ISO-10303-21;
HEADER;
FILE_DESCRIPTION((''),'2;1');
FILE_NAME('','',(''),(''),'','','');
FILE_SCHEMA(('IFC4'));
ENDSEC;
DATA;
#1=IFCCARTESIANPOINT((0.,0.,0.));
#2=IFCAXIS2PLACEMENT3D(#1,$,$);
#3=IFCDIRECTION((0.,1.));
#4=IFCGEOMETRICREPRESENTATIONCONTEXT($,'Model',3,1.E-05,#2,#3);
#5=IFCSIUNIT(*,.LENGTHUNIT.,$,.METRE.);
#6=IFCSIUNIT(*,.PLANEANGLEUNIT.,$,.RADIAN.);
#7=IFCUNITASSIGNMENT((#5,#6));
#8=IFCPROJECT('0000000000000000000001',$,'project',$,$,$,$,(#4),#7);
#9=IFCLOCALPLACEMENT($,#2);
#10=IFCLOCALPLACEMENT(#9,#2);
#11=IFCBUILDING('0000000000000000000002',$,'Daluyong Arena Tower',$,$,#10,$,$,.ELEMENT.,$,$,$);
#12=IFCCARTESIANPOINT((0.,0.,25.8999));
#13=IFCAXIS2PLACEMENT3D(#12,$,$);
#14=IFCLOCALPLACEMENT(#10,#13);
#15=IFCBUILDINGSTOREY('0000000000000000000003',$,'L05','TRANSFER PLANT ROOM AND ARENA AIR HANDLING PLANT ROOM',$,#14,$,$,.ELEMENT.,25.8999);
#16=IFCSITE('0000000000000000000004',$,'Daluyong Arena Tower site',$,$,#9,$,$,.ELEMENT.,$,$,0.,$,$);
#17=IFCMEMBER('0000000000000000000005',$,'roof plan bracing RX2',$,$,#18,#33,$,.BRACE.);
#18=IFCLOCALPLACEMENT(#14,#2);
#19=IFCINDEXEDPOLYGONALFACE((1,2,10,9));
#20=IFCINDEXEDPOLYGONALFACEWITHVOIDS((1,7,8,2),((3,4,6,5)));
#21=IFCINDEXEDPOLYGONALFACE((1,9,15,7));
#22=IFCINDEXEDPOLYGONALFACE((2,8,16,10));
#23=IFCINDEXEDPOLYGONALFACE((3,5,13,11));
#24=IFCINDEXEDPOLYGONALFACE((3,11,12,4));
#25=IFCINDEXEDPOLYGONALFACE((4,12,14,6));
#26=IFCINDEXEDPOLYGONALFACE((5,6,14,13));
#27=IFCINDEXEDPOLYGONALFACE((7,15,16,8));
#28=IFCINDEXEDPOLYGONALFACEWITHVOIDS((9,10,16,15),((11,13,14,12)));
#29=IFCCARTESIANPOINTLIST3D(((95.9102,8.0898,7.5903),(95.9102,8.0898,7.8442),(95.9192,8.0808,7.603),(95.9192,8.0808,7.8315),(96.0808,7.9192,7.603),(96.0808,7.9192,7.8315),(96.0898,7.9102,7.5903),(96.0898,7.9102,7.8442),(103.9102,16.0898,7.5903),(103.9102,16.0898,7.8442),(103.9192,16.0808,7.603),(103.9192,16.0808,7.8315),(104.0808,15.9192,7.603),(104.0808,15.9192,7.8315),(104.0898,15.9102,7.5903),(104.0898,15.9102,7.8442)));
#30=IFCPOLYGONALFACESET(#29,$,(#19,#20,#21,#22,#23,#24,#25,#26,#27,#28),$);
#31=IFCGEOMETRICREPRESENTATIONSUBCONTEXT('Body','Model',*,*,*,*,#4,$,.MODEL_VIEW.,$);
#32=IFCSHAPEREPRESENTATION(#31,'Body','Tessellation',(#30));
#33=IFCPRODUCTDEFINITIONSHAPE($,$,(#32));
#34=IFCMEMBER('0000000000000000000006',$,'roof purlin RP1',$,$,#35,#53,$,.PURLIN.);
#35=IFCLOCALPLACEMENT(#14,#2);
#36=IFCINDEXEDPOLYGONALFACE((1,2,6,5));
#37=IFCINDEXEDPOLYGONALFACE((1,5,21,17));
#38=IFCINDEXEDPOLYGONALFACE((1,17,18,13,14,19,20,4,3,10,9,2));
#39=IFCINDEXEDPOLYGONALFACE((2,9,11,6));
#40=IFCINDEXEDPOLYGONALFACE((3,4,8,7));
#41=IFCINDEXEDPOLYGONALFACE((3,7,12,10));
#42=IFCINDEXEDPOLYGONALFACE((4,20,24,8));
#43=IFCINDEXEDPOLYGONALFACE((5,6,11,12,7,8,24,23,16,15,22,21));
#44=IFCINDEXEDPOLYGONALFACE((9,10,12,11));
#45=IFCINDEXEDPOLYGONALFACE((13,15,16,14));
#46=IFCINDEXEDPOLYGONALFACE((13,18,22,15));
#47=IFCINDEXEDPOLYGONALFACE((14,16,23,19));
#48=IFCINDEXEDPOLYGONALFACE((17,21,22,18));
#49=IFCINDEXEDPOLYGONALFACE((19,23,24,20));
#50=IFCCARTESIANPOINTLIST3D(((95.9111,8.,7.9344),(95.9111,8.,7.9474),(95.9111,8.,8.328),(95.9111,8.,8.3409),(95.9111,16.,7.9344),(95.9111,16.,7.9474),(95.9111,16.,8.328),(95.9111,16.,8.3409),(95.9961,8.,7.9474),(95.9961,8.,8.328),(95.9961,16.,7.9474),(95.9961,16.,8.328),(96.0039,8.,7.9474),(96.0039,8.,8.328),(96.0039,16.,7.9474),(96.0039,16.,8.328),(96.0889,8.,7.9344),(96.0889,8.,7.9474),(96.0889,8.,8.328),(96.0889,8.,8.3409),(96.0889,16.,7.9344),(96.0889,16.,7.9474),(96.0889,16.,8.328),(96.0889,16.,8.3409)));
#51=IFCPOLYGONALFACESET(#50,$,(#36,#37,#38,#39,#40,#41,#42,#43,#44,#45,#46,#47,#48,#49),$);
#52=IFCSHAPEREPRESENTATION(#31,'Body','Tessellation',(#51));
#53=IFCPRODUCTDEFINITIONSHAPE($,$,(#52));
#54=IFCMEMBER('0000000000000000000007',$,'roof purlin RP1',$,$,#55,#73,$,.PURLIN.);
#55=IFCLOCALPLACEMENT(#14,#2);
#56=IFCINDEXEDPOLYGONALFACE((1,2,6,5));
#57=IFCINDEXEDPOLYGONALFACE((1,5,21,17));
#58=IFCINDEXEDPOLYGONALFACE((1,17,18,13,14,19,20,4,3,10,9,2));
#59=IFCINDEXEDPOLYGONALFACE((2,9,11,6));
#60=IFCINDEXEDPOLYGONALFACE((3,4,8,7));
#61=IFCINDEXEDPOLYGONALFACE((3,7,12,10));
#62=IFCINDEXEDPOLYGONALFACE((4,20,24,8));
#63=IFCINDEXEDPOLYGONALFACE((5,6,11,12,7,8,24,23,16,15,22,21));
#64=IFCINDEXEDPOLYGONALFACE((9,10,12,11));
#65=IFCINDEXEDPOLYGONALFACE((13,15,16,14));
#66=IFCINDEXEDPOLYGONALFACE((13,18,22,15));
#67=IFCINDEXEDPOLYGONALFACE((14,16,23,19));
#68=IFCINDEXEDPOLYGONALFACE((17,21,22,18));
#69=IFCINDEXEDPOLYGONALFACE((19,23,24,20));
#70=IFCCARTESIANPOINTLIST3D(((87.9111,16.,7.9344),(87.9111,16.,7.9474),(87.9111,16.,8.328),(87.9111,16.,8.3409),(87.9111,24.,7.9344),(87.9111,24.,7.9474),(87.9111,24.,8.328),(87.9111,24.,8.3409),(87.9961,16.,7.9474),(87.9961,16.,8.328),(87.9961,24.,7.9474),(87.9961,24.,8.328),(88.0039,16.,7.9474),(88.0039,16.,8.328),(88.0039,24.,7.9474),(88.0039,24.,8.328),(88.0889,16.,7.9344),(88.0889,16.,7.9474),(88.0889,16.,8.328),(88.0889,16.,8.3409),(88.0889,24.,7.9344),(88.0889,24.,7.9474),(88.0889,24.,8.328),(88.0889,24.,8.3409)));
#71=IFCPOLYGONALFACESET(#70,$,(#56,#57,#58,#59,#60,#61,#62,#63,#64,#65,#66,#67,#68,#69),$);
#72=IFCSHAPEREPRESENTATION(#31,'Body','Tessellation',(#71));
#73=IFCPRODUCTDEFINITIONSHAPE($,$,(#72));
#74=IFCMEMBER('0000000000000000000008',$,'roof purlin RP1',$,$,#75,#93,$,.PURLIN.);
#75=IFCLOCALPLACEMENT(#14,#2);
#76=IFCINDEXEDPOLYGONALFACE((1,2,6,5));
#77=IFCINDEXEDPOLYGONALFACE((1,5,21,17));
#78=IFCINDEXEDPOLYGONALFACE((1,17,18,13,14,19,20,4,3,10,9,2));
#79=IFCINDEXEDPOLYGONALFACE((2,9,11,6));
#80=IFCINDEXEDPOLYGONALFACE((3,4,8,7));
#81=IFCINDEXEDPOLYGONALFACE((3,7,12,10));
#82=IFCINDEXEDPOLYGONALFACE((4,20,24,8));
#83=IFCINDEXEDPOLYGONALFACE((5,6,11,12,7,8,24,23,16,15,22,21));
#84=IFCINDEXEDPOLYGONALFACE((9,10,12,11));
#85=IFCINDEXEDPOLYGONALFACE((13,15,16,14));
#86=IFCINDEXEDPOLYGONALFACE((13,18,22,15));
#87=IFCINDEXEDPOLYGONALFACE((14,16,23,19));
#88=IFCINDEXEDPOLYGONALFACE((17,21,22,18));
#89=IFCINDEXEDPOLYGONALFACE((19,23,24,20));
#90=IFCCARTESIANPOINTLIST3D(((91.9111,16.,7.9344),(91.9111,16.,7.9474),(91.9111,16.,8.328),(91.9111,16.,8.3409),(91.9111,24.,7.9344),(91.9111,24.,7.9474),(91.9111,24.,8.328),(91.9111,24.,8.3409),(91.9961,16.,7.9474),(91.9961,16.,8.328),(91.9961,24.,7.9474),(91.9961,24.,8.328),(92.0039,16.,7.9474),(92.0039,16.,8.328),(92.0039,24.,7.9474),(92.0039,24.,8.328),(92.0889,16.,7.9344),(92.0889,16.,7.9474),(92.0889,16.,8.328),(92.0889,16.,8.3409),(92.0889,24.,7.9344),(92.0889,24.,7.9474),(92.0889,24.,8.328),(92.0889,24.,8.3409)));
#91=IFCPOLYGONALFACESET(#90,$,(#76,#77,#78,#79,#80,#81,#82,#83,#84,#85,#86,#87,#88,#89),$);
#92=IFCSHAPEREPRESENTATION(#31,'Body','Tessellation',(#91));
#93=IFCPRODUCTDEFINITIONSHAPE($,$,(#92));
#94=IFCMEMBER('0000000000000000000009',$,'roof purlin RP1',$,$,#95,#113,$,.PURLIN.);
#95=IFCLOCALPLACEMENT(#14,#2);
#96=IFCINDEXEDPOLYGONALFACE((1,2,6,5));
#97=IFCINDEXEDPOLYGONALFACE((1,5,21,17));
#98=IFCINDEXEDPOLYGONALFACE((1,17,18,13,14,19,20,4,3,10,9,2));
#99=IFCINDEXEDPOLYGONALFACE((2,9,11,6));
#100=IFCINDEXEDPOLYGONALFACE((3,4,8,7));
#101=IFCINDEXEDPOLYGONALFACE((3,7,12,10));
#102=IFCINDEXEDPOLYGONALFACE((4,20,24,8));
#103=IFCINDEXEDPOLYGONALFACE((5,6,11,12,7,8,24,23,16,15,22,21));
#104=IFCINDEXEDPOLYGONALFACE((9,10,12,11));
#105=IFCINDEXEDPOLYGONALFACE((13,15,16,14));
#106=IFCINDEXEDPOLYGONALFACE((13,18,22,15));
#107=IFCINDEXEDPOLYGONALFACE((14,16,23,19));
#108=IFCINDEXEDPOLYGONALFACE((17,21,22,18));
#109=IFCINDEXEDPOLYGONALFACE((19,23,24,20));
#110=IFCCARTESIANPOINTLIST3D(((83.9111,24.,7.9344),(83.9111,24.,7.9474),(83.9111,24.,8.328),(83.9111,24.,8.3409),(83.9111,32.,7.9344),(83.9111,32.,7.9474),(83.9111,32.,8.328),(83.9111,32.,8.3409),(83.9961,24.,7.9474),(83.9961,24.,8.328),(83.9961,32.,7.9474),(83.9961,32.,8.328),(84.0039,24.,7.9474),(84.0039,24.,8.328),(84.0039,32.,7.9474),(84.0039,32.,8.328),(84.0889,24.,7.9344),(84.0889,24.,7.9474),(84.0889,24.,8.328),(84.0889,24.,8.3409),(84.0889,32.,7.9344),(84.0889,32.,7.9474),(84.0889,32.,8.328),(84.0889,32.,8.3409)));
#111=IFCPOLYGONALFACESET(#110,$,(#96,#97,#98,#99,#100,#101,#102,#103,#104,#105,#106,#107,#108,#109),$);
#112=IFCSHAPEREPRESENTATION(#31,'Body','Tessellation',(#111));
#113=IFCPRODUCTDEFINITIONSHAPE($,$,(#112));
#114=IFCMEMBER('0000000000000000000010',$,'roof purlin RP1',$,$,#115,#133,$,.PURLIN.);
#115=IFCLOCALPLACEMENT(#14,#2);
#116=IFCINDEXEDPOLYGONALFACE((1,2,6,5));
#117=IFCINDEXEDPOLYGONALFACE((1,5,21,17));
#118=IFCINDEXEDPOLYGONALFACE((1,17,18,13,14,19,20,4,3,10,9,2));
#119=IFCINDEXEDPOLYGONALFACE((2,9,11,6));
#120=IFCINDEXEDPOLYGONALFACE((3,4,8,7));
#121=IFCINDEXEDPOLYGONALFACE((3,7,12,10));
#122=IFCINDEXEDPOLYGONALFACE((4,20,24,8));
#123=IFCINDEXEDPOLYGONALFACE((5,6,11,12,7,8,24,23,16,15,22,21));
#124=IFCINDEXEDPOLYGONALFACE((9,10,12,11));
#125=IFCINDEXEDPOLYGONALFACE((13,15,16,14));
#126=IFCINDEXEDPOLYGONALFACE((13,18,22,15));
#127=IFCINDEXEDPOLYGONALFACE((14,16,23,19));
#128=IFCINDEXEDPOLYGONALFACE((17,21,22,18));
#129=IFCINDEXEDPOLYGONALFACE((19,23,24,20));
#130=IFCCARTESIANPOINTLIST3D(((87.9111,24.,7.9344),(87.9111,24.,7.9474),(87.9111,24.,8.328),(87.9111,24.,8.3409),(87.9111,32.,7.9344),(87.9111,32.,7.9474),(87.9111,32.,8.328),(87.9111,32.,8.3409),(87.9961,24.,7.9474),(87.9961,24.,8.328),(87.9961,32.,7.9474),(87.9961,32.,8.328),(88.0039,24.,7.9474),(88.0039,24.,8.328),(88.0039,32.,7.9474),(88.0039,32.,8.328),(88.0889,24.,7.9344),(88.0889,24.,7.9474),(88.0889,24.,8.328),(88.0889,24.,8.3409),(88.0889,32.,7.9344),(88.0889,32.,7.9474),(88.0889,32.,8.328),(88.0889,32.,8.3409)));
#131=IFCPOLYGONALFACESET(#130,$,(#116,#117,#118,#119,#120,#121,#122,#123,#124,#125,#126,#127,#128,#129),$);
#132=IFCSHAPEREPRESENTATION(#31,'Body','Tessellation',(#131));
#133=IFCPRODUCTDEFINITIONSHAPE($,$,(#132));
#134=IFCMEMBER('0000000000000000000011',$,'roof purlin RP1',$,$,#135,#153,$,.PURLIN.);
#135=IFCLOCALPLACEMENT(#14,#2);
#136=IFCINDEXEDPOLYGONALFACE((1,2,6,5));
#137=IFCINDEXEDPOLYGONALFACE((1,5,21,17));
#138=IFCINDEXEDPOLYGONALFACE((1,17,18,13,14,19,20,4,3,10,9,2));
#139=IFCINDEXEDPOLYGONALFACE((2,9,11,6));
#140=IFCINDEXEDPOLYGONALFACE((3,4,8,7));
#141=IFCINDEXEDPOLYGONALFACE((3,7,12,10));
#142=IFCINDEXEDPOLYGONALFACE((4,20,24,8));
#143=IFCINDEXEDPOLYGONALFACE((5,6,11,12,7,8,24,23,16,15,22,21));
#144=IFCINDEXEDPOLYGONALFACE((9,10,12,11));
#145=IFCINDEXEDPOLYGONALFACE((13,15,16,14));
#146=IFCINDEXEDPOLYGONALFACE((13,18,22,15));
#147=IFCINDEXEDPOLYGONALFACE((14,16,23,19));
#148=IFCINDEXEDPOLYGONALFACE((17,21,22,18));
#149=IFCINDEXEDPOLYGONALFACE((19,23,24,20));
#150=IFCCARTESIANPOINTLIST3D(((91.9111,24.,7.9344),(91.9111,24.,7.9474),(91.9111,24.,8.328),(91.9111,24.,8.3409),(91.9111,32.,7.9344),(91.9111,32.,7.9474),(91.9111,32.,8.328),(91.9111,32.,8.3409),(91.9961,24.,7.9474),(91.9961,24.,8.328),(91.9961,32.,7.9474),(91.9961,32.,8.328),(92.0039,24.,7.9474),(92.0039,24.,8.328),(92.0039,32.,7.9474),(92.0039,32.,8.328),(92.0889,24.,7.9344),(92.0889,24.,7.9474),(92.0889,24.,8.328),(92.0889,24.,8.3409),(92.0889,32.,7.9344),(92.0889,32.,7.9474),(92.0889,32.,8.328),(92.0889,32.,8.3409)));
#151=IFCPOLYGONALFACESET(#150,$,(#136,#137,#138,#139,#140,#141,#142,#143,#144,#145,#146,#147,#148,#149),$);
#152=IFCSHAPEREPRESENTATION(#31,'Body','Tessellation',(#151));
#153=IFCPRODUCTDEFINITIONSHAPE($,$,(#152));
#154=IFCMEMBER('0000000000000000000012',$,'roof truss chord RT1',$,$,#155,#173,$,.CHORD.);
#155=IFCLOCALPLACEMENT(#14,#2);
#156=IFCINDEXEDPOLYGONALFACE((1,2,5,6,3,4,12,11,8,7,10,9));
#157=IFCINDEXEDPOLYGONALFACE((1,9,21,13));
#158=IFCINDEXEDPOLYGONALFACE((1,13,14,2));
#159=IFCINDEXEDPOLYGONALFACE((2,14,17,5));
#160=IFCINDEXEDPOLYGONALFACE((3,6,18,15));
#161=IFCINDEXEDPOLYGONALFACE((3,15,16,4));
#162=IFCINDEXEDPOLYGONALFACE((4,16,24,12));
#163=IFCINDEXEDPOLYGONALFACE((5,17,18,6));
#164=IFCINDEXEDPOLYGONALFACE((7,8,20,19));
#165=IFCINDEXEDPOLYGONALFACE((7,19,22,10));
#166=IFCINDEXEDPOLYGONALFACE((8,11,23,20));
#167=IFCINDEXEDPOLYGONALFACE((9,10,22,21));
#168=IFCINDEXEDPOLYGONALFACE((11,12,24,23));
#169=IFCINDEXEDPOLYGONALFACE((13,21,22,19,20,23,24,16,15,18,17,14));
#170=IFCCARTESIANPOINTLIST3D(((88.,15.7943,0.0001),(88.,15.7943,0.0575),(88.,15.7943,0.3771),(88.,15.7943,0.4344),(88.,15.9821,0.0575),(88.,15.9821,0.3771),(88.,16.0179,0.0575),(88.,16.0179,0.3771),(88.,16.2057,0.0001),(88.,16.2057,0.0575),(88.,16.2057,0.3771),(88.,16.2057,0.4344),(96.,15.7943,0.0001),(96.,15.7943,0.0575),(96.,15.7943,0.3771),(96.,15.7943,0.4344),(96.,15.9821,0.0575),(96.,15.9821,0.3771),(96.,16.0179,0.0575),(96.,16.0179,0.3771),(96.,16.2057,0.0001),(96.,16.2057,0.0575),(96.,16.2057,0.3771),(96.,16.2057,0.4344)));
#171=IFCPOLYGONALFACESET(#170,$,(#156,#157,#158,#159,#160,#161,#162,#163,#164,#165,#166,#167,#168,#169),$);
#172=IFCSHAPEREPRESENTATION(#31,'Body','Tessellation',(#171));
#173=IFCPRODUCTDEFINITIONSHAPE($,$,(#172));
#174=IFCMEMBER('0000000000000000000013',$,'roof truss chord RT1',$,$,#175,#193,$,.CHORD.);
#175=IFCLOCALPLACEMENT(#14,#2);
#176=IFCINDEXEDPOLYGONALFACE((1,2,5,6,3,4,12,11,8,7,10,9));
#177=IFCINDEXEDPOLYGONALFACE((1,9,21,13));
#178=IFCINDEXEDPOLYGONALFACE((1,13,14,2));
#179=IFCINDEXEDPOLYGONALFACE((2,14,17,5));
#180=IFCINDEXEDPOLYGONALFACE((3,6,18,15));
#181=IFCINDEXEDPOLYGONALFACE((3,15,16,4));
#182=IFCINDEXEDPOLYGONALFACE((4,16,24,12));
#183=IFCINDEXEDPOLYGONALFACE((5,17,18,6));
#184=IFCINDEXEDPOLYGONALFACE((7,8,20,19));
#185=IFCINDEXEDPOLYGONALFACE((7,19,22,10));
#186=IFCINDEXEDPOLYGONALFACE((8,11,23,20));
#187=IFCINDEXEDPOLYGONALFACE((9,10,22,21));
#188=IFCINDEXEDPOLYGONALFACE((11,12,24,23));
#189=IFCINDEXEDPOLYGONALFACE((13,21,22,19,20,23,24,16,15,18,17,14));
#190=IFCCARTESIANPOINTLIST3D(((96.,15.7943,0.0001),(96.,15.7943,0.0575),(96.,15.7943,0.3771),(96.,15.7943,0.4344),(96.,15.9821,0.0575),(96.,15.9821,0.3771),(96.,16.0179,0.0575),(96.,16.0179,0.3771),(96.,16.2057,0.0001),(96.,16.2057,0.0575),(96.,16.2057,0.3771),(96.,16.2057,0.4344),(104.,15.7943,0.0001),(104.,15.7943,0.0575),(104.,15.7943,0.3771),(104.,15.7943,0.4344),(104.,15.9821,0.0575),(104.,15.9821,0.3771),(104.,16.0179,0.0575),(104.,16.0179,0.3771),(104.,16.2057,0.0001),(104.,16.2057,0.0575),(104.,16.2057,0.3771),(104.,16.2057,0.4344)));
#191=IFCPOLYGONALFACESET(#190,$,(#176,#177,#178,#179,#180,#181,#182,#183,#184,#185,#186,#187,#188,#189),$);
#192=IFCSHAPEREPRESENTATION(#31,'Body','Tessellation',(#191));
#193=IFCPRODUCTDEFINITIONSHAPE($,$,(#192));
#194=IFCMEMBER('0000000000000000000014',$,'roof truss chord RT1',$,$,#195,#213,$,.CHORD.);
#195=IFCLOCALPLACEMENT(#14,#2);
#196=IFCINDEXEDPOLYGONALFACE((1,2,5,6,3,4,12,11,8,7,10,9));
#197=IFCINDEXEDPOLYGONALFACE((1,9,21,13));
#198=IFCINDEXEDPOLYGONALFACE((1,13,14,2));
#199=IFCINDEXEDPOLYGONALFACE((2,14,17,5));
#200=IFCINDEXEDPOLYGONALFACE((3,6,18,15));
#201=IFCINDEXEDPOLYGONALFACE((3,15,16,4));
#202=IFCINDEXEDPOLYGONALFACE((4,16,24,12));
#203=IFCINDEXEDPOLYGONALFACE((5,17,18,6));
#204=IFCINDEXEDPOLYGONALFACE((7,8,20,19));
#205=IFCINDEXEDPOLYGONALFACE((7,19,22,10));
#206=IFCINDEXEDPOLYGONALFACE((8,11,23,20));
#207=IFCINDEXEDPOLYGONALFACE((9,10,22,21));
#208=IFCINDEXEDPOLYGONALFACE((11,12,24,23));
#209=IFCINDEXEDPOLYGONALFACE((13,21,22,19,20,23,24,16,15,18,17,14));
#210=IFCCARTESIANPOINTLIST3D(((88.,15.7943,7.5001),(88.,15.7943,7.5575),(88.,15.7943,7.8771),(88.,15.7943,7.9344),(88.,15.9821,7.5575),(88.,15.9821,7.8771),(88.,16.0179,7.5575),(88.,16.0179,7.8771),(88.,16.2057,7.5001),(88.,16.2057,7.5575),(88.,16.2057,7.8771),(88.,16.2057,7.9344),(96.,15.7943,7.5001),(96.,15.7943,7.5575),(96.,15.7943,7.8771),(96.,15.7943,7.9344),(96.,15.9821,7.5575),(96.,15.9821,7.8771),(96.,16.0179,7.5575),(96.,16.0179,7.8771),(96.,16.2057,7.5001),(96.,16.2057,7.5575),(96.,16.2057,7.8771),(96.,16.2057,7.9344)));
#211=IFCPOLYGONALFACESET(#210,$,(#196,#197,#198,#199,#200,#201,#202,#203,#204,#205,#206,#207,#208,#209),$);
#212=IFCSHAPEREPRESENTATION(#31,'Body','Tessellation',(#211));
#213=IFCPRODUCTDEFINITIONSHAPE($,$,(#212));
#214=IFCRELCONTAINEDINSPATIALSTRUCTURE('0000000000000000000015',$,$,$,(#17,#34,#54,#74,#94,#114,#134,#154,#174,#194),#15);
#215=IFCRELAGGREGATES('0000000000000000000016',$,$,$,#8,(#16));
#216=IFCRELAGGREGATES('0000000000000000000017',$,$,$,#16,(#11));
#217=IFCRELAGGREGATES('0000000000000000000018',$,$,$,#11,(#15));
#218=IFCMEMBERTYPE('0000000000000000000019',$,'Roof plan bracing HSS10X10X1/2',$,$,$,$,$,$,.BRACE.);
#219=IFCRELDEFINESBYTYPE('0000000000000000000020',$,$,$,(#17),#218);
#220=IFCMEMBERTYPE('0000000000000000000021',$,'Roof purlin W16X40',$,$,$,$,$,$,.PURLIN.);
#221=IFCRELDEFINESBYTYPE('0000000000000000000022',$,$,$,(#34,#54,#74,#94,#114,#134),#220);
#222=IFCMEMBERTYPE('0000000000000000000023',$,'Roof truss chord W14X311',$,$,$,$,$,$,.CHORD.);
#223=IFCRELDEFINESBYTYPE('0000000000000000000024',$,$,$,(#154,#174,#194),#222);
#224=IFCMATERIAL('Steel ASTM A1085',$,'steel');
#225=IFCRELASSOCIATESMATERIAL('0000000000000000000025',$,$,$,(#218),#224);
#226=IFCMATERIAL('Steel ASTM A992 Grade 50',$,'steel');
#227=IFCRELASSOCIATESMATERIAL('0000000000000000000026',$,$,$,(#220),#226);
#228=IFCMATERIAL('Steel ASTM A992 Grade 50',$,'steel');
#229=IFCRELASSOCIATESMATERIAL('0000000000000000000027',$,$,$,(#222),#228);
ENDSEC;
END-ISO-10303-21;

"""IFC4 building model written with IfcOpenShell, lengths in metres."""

from ifc_helpers import new_model, si_unit, direction, frame, origin, origin_2d, place, context, subcontext, project, spatial, hollow_rectangle, i_section, extrude, material, material_profile, profile_set, type_object, element, save


model = new_model("IFC4")

# Units and contexts
model_context = context("Model", 3, precision=1e-05, world=origin(), true_north=direction((0.0, 1.0)))
body_context = subcontext(model_context, "Body", "Model", "MODEL_VIEW")
ifc_project = project(units=[si_unit("LENGTHUNIT", "METRE"), si_unit("PLANEANGLEUNIT", "RADIAN")], contexts=[model_context])

# Site, building, storey
site_placement = place(None, origin())
site = spatial("IfcSite", under=ifc_project, at=site_placement, Name="Daluyong Arena Tower site", CompositionType="ELEMENT", RefElevation=0.0)
building_placement = place(site_placement, origin())
building = spatial("IfcBuilding", under=site, at=building_placement, Name="Daluyong Arena Tower", CompositionType="ELEMENT")
storey_placement = place(building_placement, frame((0.0, 0.0, 25.8999)))
storey = spatial("IfcBuildingStorey", under=building, at=storey_placement, Name="L05", Description="TRANSFER PLANT ROOM AND ARENA AIR HANDLING PLANT ROOM", CompositionType="ELEMENT", Elevation=25.8999)

# Members
ifc_material_1 = material(Name="Steel ASTM A1085", Category="steel")
ifc_material_profile_1 = material_profile(ifc_material_1, hollow_rectangle(XDim=0.2539, YDim=0.2539, WallThickness=0.0127, at=origin_2d()))
ifc_profile_set_1 = profile_set([ifc_material_profile_1], Name="Steel ASTM A1085")
member_type_1 = type_object("IfcMemberType", Name="Roof plan bracing HSS10X10X1/2", PredefinedType="BRACE", material=ifc_profile_set_1)
member_placement = place(storey_placement, frame((96.0, 8.0, 7.7173), z_axis=(0.707107, 0.707107, 0.0), x_axis=(-0.707107, 0.707107, 0.0)))
element("IfcMember", 1, at=member_placement, inside=storey, type_object=member_type_1, Name="roof plan bracing RX2", PredefinedType="BRACE", context=body_context, shape_type="SweptSolid", body=[
    extrude(hollow_rectangle(XDim=0.2539, YDim=0.2539, WallThickness=0.0127, at=origin_2d()), origin(), (0.0, 0.0, 1.0), 11.3137),
])
ifc_material_2 = material(Name="Steel ASTM A992 Grade 50", Category="steel")
ifc_material_profile_2 = material_profile(ifc_material_2, i_section(OverallWidth=0.1777, OverallDepth=0.4065, WebThickness=0.0078, FlangeThickness=0.0129, at=origin_2d()))
ifc_profile_set_2 = profile_set([ifc_material_profile_2], Name="Steel ASTM A992 Grade 50")
member_type_2 = type_object("IfcMemberType", Name="Roof purlin W16X40", PredefinedType="PURLIN", material=ifc_profile_set_2)
for number, where, z_axis, x_axis, name in (
    (2, (96.0, 8.0, 8.1377), (0.0, 1.0, 0.0), (-1.0, 0.0, 0.0), "roof purlin RP1"),
    (3, (88.0, 16.0, 8.1377), (0.0, 1.0, 0.0), (-1.0, 0.0, 0.0), "roof purlin RP1"),
    (4, (92.0, 16.0, 8.1377), (0.0, 1.0, 0.0), (-1.0, 0.0, 0.0), "roof purlin RP1"),
    (5, (84.0, 24.0, 8.1377), (0.0, 1.0, 0.0), (-1.0, 0.0, 0.0), "roof purlin RP1"),
    (6, (88.0, 24.0, 8.1377), (0.0, 1.0, 0.0), (-1.0, 0.0, 0.0), "roof purlin RP1"),
    (7, (92.0, 24.0, 8.1377), (0.0, 1.0, 0.0), (-1.0, 0.0, 0.0), "roof purlin RP1"),
):
    element("IfcMember", number, at=place(storey_placement, frame(where, z_axis=z_axis, x_axis=x_axis)), inside=storey, type_object=member_type_2, Name=name, PredefinedType="PURLIN", context=body_context, shape_type="SweptSolid", body=[
        extrude(i_section(OverallWidth=0.1777, OverallDepth=0.4065, WebThickness=0.0078, FlangeThickness=0.0129, at=origin_2d()), origin(), (0.0, 0.0, 1.0), 8.0),
    ])
ifc_material_3 = material(Name="Steel ASTM A992 Grade 50", Category="steel")
ifc_material_profile_3 = material_profile(ifc_material_3, i_section(OverallWidth=0.4114, OverallDepth=0.4343, WebThickness=0.0359, FlangeThickness=0.0574, at=origin_2d()))
ifc_profile_set_3 = profile_set([ifc_material_profile_3], Name="Steel ASTM A992 Grade 50")
member_type_3 = type_object("IfcMemberType", Name="Roof truss chord W14X311", PredefinedType="CHORD", material=ifc_profile_set_3)
for number, where, z_axis, x_axis, name in (
    (8, (88.0, 16.0, 0.2173), (1.0, 0.0, 0.0), (0.0, 1.0, 0.0), "roof truss chord RT1"),
    (9, (96.0, 16.0, 0.2173), (1.0, 0.0, 0.0), (0.0, 1.0, 0.0), "roof truss chord RT1"),
    (10, (88.0, 16.0, 7.7173), (1.0, 0.0, 0.0), (0.0, 1.0, 0.0), "roof truss chord RT1"),
):
    element("IfcMember", number, at=place(storey_placement, frame(where, z_axis=z_axis, x_axis=x_axis)), inside=storey, type_object=member_type_3, Name=name, PredefinedType="CHORD", context=body_context, shape_type="SweptSolid", body=[
        extrude(i_section(OverallWidth=0.4114, OverallDepth=0.4343, WebThickness=0.0359, FlangeThickness=0.0574, at=origin_2d()), origin(), (0.0, 0.0, 1.0), 8.0),
    ])

save(model, "model.ifc")
